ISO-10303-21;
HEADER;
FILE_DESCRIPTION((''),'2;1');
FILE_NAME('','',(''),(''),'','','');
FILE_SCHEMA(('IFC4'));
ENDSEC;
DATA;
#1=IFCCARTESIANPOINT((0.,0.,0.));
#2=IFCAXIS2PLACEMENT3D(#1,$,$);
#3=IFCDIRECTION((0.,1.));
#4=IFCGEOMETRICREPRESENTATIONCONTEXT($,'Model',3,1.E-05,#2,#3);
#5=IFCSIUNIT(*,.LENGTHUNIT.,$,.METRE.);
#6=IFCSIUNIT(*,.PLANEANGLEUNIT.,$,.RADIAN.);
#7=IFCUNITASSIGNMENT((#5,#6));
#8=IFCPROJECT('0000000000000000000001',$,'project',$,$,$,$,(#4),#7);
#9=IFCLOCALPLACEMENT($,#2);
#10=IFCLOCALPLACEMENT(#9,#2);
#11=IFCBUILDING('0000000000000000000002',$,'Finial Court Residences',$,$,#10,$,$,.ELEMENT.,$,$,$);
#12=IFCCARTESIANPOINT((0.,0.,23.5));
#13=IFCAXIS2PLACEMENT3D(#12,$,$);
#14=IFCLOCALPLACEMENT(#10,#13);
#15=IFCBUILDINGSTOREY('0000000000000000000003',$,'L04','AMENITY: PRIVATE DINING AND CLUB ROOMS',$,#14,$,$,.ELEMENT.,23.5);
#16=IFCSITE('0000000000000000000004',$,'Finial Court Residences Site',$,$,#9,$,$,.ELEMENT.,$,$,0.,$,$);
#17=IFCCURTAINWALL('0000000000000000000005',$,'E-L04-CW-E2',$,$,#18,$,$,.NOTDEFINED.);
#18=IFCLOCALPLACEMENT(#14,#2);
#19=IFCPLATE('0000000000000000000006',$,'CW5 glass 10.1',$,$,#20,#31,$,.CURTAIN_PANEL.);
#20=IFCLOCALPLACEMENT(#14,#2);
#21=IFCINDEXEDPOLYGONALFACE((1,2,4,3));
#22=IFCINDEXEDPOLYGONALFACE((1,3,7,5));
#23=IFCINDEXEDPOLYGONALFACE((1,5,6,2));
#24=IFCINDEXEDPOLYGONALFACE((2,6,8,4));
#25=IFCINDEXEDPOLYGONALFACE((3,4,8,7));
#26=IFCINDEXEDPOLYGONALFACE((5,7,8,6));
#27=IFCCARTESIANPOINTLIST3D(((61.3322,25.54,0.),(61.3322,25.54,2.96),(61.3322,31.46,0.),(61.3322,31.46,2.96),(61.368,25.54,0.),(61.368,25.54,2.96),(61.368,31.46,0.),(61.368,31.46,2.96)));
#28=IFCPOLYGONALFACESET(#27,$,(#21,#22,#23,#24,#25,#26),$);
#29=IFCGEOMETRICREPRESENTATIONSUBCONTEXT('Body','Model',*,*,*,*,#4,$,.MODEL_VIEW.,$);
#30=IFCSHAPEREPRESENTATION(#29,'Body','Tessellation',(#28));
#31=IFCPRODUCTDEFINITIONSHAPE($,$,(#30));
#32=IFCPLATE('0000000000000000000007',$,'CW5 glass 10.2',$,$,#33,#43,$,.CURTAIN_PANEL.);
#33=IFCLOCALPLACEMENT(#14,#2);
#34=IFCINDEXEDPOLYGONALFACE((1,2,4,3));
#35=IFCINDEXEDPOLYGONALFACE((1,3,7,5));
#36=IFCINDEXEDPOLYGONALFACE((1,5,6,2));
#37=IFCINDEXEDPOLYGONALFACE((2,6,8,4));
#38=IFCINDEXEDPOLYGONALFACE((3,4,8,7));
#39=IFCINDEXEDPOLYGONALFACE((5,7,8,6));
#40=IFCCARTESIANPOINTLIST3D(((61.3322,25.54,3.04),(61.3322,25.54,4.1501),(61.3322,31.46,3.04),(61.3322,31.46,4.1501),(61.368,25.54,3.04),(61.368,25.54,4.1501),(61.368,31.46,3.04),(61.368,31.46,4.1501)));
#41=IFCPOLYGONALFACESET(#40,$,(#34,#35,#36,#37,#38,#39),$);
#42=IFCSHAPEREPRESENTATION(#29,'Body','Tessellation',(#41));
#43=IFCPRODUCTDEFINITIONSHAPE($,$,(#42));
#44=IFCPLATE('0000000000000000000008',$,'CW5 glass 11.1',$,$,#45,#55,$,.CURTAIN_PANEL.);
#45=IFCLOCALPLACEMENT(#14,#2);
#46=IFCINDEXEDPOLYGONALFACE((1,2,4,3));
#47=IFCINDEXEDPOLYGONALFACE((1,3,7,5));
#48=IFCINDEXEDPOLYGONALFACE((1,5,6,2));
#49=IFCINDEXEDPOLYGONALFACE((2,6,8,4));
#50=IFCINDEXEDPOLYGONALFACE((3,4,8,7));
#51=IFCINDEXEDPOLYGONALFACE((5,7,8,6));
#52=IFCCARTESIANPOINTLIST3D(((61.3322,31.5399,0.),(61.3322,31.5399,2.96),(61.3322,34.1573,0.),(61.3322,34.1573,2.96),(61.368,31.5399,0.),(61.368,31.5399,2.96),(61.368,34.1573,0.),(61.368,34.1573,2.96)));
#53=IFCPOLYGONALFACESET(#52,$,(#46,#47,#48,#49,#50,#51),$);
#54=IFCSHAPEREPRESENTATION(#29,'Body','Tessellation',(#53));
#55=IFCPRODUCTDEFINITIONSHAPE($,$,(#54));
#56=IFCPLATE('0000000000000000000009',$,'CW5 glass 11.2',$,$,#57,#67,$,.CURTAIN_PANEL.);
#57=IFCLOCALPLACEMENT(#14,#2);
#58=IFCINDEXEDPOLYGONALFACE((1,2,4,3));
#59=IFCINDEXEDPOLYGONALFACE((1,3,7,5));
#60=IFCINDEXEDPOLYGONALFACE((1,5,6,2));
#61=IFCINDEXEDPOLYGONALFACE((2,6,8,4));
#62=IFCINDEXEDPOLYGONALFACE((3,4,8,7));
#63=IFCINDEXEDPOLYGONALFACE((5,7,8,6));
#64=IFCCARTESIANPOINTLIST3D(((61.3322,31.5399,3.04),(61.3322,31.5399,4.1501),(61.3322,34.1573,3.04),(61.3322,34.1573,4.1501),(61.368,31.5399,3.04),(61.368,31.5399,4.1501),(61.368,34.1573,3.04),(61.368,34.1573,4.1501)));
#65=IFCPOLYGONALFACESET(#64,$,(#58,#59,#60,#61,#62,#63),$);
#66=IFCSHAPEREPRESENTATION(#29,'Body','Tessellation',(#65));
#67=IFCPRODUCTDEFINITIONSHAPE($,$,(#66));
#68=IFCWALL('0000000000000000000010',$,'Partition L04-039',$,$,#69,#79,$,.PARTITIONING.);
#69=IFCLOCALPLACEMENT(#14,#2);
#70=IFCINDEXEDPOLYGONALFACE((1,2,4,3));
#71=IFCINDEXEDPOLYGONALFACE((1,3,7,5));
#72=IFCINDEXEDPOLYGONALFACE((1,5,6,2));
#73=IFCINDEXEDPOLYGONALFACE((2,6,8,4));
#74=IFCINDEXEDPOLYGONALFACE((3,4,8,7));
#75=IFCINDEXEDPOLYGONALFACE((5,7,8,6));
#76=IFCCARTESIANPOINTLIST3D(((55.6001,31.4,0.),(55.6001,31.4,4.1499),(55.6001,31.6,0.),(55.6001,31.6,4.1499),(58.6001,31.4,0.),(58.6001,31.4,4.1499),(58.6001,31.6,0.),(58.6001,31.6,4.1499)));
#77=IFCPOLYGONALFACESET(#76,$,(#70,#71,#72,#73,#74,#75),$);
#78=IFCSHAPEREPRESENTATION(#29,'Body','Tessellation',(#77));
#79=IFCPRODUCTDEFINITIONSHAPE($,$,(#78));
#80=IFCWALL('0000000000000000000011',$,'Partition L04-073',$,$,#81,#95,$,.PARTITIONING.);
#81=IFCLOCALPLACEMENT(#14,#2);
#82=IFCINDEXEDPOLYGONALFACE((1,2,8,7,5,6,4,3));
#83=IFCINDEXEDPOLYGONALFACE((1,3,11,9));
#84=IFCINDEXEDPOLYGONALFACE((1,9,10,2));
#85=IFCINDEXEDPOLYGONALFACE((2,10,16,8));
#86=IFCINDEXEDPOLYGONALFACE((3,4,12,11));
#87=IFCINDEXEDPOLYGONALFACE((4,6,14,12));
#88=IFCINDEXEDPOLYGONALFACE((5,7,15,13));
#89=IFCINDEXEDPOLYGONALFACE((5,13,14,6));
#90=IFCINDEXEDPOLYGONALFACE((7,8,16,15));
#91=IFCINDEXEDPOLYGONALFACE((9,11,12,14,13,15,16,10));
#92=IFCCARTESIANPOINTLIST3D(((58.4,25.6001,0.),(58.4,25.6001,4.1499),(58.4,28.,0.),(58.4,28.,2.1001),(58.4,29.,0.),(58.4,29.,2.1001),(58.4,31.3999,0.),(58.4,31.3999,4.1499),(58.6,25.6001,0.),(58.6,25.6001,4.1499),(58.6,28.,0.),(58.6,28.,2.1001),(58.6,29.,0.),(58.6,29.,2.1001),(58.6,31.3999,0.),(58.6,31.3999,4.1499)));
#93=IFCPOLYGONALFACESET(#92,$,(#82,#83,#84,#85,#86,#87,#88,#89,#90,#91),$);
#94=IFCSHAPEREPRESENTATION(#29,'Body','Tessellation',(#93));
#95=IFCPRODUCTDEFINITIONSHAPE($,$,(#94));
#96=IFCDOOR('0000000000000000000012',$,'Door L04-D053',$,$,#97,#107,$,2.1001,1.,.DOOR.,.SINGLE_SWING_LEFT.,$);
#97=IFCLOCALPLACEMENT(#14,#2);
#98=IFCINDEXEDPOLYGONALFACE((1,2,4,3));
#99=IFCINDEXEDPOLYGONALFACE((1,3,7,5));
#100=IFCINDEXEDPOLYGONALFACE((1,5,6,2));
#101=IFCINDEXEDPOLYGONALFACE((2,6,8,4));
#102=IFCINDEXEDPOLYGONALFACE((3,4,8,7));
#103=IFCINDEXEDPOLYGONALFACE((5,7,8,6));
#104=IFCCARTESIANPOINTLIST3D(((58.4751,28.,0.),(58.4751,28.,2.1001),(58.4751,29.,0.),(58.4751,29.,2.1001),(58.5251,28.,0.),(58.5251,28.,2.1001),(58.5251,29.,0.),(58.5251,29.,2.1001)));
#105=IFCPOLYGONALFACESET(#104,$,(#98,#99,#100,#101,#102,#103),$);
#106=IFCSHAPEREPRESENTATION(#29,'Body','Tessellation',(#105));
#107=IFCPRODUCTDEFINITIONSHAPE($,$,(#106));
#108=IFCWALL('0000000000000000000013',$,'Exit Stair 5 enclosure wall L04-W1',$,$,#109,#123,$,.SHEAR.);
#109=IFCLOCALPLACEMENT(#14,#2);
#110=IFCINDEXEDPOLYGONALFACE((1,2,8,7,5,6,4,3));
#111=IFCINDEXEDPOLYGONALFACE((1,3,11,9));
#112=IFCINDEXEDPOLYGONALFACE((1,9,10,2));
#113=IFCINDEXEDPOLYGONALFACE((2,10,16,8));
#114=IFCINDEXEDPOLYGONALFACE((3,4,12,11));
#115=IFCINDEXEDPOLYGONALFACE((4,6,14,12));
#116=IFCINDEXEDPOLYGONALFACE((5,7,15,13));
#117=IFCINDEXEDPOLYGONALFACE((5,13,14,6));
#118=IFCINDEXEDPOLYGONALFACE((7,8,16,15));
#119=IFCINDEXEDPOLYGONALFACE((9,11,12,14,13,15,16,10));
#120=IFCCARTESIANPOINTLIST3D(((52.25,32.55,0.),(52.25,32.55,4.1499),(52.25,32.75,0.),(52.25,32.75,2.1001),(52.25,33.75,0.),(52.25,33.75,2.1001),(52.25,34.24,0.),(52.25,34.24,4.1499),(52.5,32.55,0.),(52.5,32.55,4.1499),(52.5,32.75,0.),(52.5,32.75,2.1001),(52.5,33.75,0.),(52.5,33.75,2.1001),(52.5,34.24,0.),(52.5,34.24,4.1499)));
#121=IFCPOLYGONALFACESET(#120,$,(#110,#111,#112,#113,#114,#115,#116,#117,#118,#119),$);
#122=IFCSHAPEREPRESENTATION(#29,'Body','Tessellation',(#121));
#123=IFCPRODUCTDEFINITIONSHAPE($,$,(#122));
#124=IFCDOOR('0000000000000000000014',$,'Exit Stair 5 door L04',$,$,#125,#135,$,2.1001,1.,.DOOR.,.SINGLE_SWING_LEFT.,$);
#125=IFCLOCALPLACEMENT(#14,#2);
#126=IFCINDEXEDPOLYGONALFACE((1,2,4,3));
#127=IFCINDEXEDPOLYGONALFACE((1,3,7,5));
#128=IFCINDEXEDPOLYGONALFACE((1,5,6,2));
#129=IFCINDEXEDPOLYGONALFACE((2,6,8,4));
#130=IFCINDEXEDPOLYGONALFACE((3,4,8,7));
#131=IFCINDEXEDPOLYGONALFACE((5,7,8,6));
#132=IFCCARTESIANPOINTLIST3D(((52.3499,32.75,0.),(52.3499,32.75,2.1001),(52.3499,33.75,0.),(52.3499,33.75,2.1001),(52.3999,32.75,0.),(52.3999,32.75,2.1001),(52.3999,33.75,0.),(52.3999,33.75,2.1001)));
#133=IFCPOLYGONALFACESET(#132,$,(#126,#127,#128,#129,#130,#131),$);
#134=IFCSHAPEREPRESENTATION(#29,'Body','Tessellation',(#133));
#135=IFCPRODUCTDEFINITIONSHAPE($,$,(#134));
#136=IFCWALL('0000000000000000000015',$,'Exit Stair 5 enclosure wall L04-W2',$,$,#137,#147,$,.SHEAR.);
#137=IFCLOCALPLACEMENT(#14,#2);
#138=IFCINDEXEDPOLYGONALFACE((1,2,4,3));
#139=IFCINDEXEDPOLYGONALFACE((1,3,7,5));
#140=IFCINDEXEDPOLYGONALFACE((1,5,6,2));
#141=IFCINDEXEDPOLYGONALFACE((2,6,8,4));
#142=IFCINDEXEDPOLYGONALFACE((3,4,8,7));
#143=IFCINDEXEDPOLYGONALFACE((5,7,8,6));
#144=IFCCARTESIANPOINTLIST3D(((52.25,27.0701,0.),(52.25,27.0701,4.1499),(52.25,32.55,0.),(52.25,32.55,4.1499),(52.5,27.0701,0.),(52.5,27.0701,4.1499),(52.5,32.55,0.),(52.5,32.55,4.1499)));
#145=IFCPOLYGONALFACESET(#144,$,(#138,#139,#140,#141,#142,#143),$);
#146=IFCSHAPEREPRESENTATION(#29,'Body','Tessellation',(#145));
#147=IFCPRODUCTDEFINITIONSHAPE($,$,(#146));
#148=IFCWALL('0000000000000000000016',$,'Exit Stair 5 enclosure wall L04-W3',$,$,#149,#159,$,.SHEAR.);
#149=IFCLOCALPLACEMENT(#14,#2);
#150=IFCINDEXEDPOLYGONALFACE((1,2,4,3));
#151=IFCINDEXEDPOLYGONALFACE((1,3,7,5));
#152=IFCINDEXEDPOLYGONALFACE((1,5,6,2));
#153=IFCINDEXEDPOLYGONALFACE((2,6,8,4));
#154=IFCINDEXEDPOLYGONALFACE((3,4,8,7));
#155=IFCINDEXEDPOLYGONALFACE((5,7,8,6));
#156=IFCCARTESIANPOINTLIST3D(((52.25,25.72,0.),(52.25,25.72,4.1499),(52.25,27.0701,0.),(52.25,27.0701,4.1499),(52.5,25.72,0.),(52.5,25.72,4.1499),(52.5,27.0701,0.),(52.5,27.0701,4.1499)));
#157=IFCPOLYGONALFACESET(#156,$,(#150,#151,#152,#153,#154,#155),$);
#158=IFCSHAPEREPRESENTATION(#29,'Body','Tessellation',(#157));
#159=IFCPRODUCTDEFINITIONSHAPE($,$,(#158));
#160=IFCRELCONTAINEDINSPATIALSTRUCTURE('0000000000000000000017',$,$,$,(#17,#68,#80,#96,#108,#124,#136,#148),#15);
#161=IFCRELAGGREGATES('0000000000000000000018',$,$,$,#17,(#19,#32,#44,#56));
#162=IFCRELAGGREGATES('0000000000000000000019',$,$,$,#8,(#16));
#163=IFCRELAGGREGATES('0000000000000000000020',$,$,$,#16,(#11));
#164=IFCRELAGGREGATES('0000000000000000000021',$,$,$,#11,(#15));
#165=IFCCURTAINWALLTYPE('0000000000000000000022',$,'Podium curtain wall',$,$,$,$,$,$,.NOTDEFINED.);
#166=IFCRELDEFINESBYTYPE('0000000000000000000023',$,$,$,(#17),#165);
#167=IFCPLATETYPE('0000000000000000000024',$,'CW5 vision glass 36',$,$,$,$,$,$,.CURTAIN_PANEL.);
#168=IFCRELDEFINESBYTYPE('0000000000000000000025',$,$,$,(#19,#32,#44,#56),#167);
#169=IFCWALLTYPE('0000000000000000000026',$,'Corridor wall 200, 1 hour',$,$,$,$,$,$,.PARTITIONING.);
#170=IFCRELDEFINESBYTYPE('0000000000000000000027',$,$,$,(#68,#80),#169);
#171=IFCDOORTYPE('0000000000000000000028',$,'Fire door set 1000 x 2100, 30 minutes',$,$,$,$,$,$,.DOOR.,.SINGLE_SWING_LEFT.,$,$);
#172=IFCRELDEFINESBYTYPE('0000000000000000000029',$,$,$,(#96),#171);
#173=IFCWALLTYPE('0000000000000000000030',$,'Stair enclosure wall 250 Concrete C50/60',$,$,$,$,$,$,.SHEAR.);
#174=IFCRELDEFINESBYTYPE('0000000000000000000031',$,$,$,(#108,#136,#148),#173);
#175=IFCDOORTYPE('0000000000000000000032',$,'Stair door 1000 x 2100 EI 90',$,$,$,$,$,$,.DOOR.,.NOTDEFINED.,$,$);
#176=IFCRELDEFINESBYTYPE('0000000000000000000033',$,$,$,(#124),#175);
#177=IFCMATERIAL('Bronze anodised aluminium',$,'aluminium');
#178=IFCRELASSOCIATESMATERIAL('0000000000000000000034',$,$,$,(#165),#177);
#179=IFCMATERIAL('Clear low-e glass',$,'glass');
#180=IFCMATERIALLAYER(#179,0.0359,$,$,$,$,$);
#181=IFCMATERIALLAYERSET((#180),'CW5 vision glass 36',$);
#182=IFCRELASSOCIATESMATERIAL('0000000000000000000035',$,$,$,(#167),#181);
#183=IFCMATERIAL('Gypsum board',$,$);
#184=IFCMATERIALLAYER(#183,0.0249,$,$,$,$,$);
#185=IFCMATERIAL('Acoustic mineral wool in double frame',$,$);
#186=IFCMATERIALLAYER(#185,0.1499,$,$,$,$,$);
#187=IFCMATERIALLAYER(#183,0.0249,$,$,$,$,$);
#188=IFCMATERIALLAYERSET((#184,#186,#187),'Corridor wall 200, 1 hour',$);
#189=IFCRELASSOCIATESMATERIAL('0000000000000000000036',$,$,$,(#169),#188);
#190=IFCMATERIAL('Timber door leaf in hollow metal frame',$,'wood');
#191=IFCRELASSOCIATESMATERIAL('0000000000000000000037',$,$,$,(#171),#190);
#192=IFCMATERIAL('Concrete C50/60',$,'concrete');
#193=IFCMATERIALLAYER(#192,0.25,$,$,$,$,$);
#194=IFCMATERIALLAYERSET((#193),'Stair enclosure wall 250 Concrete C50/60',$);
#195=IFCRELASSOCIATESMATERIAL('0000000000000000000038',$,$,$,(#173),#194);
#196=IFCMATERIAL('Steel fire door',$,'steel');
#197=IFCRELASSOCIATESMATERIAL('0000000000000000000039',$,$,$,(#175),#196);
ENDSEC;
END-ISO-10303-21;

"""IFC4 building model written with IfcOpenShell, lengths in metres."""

from ifc_helpers import new_model, si_unit, direction, frame, frame_2d, origin, origin_2d, place, context, subcontext, project, spatial, rectangle, extrude, material, layer, layer_set, type_object, element, fill, aggregate, save


model = new_model("IFC4")

# Units and contexts
model_context = context("Model", 3, precision=1e-05, world=origin(), true_north=direction((0.0, 1.0)))
body_context = subcontext(model_context, "Body", "Model", "MODEL_VIEW")
ifc_project = project(units=[si_unit("LENGTHUNIT", "METRE"), si_unit("PLANEANGLEUNIT", "RADIAN")], contexts=[model_context])

# Site, building, storey
site_placement = place(None, origin())
site = spatial("IfcSite", under=ifc_project, at=site_placement, Name="Finial Court Residences Site", CompositionType="ELEMENT", RefElevation=0.0)
building_placement = place(site_placement, origin())
building = spatial("IfcBuilding", under=site, at=building_placement, Name="Finial Court Residences", CompositionType="ELEMENT")
storey_placement = place(building_placement, frame((0.0, 0.0, 23.5)))
storey = spatial("IfcBuildingStorey", under=building, at=storey_placement, Name="L04", Description="AMENITY: PRIVATE DINING AND CLUB ROOMS", CompositionType="ELEMENT", Elevation=23.5)

# Shared definitions
ifc_material_1 = material(Name="Concrete C50/60", Category="concrete")

# Curtain wall
ifc_material_2 = material(Name="Bronze anodised aluminium", Category="aluminium")
curtain_wall_type = type_object("IfcCurtainWallType", Name="Podium curtain wall", PredefinedType="NOTDEFINED", material=ifc_material_2)
curtain_wall_1_placement = place(storey_placement, origin())
curtain_wall_1 = element("IfcCurtainWall", 1, at=curtain_wall_1_placement, inside=storey, type_object=curtain_wall_type, Name="E-L04-CW-E2", PredefinedType="NOTDEFINED")

# Plates
ifc_material_3 = material(Name="Clear low-e glass", Category="glass")
ifc_layer_1 = layer(ifc_material_3, 0.0359)
ifc_layer_set_1 = layer_set([ifc_layer_1], Name="CW5 vision glass 36")
plate_type = type_object("IfcPlateType", Name="CW5 vision glass 36", PredefinedType="CURTAIN_PANEL", material=ifc_layer_set_1)
plate_1_placement = place(storey_placement, frame((61.3501, 28.5, 0.0), z_axis=(0.0, 0.0, 1.0), x_axis=(0.0, 1.0, 0.0)))
plate_1 = element("IfcPlate", 2, at=plate_1_placement, type_object=plate_type, Name="CW5 glass 10.1", PredefinedType="CURTAIN_PANEL", context=body_context, shape_type="SweptSolid", body=[
    extrude(rectangle(XDim=5.9199, YDim=0.0359, at=origin_2d()), origin(), (0.0, 0.0, 1.0), 2.96),
])
plate_2_placement = place(storey_placement, frame((61.3501, 28.5, 3.04), z_axis=(0.0, 0.0, 1.0), x_axis=(0.0, 1.0, 0.0)))
plate_2 = element("IfcPlate", 3, at=plate_2_placement, type_object=plate_type, Name="CW5 glass 10.2", PredefinedType="CURTAIN_PANEL", context=body_context, shape_type="SweptSolid", body=[
    extrude(rectangle(XDim=5.9199, YDim=0.0359, at=origin_2d()), origin(), (0.0, 0.0, 1.0), 1.1101),
])
plate_3_placement = place(storey_placement, frame((61.3501, 32.8486, 0.0), z_axis=(0.0, 0.0, 1.0), x_axis=(0.0, 1.0, 0.0)))
plate_3 = element("IfcPlate", 4, at=plate_3_placement, type_object=plate_type, Name="CW5 glass 11.1", PredefinedType="CURTAIN_PANEL", context=body_context, shape_type="SweptSolid", body=[
    extrude(rectangle(XDim=2.6174, YDim=0.0359, at=origin_2d()), origin(), (0.0, 0.0, 1.0), 2.96),
])
plate_4_placement = place(storey_placement, frame((61.3501, 32.8486, 3.04), z_axis=(0.0, 0.0, 1.0), x_axis=(0.0, 1.0, 0.0)))
plate_4 = element("IfcPlate", 5, at=plate_4_placement, type_object=plate_type, Name="CW5 glass 11.2", PredefinedType="CURTAIN_PANEL", context=body_context, shape_type="SweptSolid", body=[
    extrude(rectangle(XDim=2.6174, YDim=0.0359, at=origin_2d()), origin(), (0.0, 0.0, 1.0), 1.1101),
])
aggregate(curtain_wall_1, [plate_1, plate_2, plate_3, plate_4])

# Wall
ifc_material_4 = material(Name="Gypsum board")
ifc_layer_2 = layer(ifc_material_4, 0.0249)
ifc_material_5 = material(Name="Acoustic mineral wool in double frame")
ifc_layer_3 = layer(ifc_material_5, 0.1499)
ifc_layer_4 = layer(ifc_material_4, 0.0249)
ifc_layer_set_2 = layer_set([ifc_layer_2, ifc_layer_3, ifc_layer_4], Name="Corridor wall 200, 1 hour")
wall_type_1 = type_object("IfcWallType", Name="Corridor wall 200, 1 hour", PredefinedType="PARTITIONING", material=ifc_layer_set_2)
wall_1_placement = place(storey_placement, frame((55.6001, 31.5, 0.0), z_axis=(0.0, 0.0, 1.0), x_axis=(1.0, 0.0, 0.0)))
element("IfcWall", 6, at=wall_1_placement, inside=storey, type_object=wall_type_1, Name="Partition L04-039", PredefinedType="PARTITIONING", context=body_context, shape_type="SweptSolid", body=[
    extrude(rectangle(XDim=3.0, YDim=0.2, at=frame_2d((1.5, 0.0))), origin(), (0.0, 0.0, 1.0), 4.1499),
])

# Walls, openings, doors
wall_2_placement = place(storey_placement, frame((58.5, 25.6001, 0.0), z_axis=(0.0, 0.0, 1.0), x_axis=(0.0, 1.0, 0.0)))
wall_2 = element("IfcWall", 7, at=wall_2_placement, inside=storey, type_object=wall_type_1, Name="Partition L04-073", PredefinedType="PARTITIONING", context=body_context, shape_type="SweptSolid", body=[
    extrude(rectangle(XDim=5.7998, YDim=0.2, at=frame_2d((2.8999, 0.0))), origin(), (0.0, 0.0, 1.0), 4.1499),
])
opening_1_placement = place(wall_2_placement, frame((2.3999, 0.0, 0.0)))
opening_1 = element("IfcOpeningElement", 8, at=opening_1_placement, cuts=wall_2, PredefinedType="OPENING", context=body_context, shape_type="SweptSolid", body=[
    extrude(rectangle(XDim=1.0, YDim=2.1001, at=frame_2d((0.5, 1.05))), frame((0.0, 0.1099, 0.0), z_axis=(0.0, -1.0, 0.0), x_axis=(1.0, 0.0, 0.0)), (0.0, 0.0, 1.0), 0.22),
])
ifc_material_6 = material(Name="Timber door leaf in hollow metal frame", Category="wood")
door_type_1 = type_object("IfcDoorType", Name="Fire door set 1000 x 2100, 30 minutes", OperationType="SINGLE_SWING_LEFT", PredefinedType="DOOR", material=ifc_material_6)
door_1_placement = place(opening_1_placement, origin())
door_1 = element("IfcDoor", 9, at=door_1_placement, inside=storey, type_object=door_type_1, Name="Door L04-D053", OperationType="SINGLE_SWING_LEFT", OverallHeight=2.1001, OverallWidth=1.0, PredefinedType="DOOR", context=body_context, shape_type="SweptSolid", body=[
    extrude(rectangle(XDim=1.0, YDim=2.1001, at=frame_2d((0.5, 1.05))), frame((0.0, 0.0249, 0.0), z_axis=(0.0, -1.0, 0.0), x_axis=(1.0, 0.0, 0.0)), (0.0, 0.0, 1.0), 0.05),
])
fill(opening_1, door_1)
ifc_layer_5 = layer(ifc_material_1, 0.25)
ifc_layer_set_3 = layer_set([ifc_layer_5], Name="Stair enclosure wall 250 Concrete C50/60")
wall_type_2 = type_object("IfcWallType", Name="Stair enclosure wall 250 Concrete C50/60", PredefinedType="SHEAR", material=ifc_layer_set_3)
wall_3_placement = place(storey_placement, frame((52.375, 34.24, 0.0), z_axis=(0.0, 0.0, 1.0), x_axis=(0.0, -1.0, 0.0)))
wall_3 = element("IfcWall", 10, at=wall_3_placement, inside=storey, type_object=wall_type_2, Name="Exit Stair 5 enclosure wall L04-W1", PredefinedType="SHEAR", context=body_context, shape_type="SweptSolid", body=[
    extrude(rectangle(XDim=1.6899, YDim=0.25, at=frame_2d((0.845, 0.0))), origin(), (0.0, 0.0, 1.0), 4.1499),
])
opening_2_placement = place(wall_3_placement, frame((0.49, 0.0, 0.0)))
opening_2 = element("IfcOpeningElement", 11, at=opening_2_placement, cuts=wall_3, PredefinedType="OPENING", context=body_context, shape_type="SweptSolid", body=[
    extrude(rectangle(XDim=1.0, YDim=2.1001, at=frame_2d((0.5, 1.05))), frame((0.0, 0.135, 0.0), z_axis=(0.0, -1.0, 0.0), x_axis=(1.0, 0.0, 0.0)), (0.0, 0.0, 1.0), 0.27),
])
ifc_material_7 = material(Name="Steel fire door", Category="steel")
door_type_2 = type_object("IfcDoorType", Name="Stair door 1000 x 2100 EI 90", OperationType="NOTDEFINED", PredefinedType="DOOR", material=ifc_material_7)
door_2_placement = place(opening_2_placement, origin())
door_2 = element("IfcDoor", 12, at=door_2_placement, inside=storey, type_object=door_type_2, Name="Exit Stair 5 door L04", OperationType="SINGLE_SWING_LEFT", OverallHeight=2.1001, OverallWidth=1.0, PredefinedType="DOOR", context=body_context, shape_type="SweptSolid", body=[
    extrude(rectangle(XDim=1.0, YDim=2.1001, at=frame_2d((0.5, 1.05))), frame((0.0, 0.0249, 0.0), z_axis=(0.0, -1.0, 0.0), x_axis=(1.0, 0.0, 0.0)), (0.0, 0.0, 1.0), 0.05),
])
fill(opening_2, door_2)

# Walls
wall_4_placement = place(storey_placement, frame((52.375, 27.0701, 0.0), z_axis=(0.0, 0.0, 1.0), x_axis=(0.0, 1.0, 0.0)))
element("IfcWall", 13, at=wall_4_placement, inside=storey, type_object=wall_type_2, Name="Exit Stair 5 enclosure wall L04-W2", PredefinedType="SHEAR", context=body_context, shape_type="SweptSolid", body=[
    extrude(rectangle(XDim=5.48, YDim=0.25, at=frame_2d((2.74, 0.0))), origin(), (0.0, 0.0, 1.0), 4.1499),
])
wall_5_placement = place(storey_placement, frame((52.375, 25.72, 0.0), z_axis=(0.0, 0.0, 1.0), x_axis=(0.0, 1.0, 0.0)))
element("IfcWall", 14, at=wall_5_placement, inside=storey, type_object=wall_type_2, Name="Exit Stair 5 enclosure wall L04-W3", PredefinedType="SHEAR", context=body_context, shape_type="SweptSolid", body=[
    extrude(rectangle(XDim=1.3501, YDim=0.25, at=frame_2d((0.675, 0.0))), origin(), (0.0, 0.0, 1.0), 4.1499),
])

save(model, "model.ifc")
